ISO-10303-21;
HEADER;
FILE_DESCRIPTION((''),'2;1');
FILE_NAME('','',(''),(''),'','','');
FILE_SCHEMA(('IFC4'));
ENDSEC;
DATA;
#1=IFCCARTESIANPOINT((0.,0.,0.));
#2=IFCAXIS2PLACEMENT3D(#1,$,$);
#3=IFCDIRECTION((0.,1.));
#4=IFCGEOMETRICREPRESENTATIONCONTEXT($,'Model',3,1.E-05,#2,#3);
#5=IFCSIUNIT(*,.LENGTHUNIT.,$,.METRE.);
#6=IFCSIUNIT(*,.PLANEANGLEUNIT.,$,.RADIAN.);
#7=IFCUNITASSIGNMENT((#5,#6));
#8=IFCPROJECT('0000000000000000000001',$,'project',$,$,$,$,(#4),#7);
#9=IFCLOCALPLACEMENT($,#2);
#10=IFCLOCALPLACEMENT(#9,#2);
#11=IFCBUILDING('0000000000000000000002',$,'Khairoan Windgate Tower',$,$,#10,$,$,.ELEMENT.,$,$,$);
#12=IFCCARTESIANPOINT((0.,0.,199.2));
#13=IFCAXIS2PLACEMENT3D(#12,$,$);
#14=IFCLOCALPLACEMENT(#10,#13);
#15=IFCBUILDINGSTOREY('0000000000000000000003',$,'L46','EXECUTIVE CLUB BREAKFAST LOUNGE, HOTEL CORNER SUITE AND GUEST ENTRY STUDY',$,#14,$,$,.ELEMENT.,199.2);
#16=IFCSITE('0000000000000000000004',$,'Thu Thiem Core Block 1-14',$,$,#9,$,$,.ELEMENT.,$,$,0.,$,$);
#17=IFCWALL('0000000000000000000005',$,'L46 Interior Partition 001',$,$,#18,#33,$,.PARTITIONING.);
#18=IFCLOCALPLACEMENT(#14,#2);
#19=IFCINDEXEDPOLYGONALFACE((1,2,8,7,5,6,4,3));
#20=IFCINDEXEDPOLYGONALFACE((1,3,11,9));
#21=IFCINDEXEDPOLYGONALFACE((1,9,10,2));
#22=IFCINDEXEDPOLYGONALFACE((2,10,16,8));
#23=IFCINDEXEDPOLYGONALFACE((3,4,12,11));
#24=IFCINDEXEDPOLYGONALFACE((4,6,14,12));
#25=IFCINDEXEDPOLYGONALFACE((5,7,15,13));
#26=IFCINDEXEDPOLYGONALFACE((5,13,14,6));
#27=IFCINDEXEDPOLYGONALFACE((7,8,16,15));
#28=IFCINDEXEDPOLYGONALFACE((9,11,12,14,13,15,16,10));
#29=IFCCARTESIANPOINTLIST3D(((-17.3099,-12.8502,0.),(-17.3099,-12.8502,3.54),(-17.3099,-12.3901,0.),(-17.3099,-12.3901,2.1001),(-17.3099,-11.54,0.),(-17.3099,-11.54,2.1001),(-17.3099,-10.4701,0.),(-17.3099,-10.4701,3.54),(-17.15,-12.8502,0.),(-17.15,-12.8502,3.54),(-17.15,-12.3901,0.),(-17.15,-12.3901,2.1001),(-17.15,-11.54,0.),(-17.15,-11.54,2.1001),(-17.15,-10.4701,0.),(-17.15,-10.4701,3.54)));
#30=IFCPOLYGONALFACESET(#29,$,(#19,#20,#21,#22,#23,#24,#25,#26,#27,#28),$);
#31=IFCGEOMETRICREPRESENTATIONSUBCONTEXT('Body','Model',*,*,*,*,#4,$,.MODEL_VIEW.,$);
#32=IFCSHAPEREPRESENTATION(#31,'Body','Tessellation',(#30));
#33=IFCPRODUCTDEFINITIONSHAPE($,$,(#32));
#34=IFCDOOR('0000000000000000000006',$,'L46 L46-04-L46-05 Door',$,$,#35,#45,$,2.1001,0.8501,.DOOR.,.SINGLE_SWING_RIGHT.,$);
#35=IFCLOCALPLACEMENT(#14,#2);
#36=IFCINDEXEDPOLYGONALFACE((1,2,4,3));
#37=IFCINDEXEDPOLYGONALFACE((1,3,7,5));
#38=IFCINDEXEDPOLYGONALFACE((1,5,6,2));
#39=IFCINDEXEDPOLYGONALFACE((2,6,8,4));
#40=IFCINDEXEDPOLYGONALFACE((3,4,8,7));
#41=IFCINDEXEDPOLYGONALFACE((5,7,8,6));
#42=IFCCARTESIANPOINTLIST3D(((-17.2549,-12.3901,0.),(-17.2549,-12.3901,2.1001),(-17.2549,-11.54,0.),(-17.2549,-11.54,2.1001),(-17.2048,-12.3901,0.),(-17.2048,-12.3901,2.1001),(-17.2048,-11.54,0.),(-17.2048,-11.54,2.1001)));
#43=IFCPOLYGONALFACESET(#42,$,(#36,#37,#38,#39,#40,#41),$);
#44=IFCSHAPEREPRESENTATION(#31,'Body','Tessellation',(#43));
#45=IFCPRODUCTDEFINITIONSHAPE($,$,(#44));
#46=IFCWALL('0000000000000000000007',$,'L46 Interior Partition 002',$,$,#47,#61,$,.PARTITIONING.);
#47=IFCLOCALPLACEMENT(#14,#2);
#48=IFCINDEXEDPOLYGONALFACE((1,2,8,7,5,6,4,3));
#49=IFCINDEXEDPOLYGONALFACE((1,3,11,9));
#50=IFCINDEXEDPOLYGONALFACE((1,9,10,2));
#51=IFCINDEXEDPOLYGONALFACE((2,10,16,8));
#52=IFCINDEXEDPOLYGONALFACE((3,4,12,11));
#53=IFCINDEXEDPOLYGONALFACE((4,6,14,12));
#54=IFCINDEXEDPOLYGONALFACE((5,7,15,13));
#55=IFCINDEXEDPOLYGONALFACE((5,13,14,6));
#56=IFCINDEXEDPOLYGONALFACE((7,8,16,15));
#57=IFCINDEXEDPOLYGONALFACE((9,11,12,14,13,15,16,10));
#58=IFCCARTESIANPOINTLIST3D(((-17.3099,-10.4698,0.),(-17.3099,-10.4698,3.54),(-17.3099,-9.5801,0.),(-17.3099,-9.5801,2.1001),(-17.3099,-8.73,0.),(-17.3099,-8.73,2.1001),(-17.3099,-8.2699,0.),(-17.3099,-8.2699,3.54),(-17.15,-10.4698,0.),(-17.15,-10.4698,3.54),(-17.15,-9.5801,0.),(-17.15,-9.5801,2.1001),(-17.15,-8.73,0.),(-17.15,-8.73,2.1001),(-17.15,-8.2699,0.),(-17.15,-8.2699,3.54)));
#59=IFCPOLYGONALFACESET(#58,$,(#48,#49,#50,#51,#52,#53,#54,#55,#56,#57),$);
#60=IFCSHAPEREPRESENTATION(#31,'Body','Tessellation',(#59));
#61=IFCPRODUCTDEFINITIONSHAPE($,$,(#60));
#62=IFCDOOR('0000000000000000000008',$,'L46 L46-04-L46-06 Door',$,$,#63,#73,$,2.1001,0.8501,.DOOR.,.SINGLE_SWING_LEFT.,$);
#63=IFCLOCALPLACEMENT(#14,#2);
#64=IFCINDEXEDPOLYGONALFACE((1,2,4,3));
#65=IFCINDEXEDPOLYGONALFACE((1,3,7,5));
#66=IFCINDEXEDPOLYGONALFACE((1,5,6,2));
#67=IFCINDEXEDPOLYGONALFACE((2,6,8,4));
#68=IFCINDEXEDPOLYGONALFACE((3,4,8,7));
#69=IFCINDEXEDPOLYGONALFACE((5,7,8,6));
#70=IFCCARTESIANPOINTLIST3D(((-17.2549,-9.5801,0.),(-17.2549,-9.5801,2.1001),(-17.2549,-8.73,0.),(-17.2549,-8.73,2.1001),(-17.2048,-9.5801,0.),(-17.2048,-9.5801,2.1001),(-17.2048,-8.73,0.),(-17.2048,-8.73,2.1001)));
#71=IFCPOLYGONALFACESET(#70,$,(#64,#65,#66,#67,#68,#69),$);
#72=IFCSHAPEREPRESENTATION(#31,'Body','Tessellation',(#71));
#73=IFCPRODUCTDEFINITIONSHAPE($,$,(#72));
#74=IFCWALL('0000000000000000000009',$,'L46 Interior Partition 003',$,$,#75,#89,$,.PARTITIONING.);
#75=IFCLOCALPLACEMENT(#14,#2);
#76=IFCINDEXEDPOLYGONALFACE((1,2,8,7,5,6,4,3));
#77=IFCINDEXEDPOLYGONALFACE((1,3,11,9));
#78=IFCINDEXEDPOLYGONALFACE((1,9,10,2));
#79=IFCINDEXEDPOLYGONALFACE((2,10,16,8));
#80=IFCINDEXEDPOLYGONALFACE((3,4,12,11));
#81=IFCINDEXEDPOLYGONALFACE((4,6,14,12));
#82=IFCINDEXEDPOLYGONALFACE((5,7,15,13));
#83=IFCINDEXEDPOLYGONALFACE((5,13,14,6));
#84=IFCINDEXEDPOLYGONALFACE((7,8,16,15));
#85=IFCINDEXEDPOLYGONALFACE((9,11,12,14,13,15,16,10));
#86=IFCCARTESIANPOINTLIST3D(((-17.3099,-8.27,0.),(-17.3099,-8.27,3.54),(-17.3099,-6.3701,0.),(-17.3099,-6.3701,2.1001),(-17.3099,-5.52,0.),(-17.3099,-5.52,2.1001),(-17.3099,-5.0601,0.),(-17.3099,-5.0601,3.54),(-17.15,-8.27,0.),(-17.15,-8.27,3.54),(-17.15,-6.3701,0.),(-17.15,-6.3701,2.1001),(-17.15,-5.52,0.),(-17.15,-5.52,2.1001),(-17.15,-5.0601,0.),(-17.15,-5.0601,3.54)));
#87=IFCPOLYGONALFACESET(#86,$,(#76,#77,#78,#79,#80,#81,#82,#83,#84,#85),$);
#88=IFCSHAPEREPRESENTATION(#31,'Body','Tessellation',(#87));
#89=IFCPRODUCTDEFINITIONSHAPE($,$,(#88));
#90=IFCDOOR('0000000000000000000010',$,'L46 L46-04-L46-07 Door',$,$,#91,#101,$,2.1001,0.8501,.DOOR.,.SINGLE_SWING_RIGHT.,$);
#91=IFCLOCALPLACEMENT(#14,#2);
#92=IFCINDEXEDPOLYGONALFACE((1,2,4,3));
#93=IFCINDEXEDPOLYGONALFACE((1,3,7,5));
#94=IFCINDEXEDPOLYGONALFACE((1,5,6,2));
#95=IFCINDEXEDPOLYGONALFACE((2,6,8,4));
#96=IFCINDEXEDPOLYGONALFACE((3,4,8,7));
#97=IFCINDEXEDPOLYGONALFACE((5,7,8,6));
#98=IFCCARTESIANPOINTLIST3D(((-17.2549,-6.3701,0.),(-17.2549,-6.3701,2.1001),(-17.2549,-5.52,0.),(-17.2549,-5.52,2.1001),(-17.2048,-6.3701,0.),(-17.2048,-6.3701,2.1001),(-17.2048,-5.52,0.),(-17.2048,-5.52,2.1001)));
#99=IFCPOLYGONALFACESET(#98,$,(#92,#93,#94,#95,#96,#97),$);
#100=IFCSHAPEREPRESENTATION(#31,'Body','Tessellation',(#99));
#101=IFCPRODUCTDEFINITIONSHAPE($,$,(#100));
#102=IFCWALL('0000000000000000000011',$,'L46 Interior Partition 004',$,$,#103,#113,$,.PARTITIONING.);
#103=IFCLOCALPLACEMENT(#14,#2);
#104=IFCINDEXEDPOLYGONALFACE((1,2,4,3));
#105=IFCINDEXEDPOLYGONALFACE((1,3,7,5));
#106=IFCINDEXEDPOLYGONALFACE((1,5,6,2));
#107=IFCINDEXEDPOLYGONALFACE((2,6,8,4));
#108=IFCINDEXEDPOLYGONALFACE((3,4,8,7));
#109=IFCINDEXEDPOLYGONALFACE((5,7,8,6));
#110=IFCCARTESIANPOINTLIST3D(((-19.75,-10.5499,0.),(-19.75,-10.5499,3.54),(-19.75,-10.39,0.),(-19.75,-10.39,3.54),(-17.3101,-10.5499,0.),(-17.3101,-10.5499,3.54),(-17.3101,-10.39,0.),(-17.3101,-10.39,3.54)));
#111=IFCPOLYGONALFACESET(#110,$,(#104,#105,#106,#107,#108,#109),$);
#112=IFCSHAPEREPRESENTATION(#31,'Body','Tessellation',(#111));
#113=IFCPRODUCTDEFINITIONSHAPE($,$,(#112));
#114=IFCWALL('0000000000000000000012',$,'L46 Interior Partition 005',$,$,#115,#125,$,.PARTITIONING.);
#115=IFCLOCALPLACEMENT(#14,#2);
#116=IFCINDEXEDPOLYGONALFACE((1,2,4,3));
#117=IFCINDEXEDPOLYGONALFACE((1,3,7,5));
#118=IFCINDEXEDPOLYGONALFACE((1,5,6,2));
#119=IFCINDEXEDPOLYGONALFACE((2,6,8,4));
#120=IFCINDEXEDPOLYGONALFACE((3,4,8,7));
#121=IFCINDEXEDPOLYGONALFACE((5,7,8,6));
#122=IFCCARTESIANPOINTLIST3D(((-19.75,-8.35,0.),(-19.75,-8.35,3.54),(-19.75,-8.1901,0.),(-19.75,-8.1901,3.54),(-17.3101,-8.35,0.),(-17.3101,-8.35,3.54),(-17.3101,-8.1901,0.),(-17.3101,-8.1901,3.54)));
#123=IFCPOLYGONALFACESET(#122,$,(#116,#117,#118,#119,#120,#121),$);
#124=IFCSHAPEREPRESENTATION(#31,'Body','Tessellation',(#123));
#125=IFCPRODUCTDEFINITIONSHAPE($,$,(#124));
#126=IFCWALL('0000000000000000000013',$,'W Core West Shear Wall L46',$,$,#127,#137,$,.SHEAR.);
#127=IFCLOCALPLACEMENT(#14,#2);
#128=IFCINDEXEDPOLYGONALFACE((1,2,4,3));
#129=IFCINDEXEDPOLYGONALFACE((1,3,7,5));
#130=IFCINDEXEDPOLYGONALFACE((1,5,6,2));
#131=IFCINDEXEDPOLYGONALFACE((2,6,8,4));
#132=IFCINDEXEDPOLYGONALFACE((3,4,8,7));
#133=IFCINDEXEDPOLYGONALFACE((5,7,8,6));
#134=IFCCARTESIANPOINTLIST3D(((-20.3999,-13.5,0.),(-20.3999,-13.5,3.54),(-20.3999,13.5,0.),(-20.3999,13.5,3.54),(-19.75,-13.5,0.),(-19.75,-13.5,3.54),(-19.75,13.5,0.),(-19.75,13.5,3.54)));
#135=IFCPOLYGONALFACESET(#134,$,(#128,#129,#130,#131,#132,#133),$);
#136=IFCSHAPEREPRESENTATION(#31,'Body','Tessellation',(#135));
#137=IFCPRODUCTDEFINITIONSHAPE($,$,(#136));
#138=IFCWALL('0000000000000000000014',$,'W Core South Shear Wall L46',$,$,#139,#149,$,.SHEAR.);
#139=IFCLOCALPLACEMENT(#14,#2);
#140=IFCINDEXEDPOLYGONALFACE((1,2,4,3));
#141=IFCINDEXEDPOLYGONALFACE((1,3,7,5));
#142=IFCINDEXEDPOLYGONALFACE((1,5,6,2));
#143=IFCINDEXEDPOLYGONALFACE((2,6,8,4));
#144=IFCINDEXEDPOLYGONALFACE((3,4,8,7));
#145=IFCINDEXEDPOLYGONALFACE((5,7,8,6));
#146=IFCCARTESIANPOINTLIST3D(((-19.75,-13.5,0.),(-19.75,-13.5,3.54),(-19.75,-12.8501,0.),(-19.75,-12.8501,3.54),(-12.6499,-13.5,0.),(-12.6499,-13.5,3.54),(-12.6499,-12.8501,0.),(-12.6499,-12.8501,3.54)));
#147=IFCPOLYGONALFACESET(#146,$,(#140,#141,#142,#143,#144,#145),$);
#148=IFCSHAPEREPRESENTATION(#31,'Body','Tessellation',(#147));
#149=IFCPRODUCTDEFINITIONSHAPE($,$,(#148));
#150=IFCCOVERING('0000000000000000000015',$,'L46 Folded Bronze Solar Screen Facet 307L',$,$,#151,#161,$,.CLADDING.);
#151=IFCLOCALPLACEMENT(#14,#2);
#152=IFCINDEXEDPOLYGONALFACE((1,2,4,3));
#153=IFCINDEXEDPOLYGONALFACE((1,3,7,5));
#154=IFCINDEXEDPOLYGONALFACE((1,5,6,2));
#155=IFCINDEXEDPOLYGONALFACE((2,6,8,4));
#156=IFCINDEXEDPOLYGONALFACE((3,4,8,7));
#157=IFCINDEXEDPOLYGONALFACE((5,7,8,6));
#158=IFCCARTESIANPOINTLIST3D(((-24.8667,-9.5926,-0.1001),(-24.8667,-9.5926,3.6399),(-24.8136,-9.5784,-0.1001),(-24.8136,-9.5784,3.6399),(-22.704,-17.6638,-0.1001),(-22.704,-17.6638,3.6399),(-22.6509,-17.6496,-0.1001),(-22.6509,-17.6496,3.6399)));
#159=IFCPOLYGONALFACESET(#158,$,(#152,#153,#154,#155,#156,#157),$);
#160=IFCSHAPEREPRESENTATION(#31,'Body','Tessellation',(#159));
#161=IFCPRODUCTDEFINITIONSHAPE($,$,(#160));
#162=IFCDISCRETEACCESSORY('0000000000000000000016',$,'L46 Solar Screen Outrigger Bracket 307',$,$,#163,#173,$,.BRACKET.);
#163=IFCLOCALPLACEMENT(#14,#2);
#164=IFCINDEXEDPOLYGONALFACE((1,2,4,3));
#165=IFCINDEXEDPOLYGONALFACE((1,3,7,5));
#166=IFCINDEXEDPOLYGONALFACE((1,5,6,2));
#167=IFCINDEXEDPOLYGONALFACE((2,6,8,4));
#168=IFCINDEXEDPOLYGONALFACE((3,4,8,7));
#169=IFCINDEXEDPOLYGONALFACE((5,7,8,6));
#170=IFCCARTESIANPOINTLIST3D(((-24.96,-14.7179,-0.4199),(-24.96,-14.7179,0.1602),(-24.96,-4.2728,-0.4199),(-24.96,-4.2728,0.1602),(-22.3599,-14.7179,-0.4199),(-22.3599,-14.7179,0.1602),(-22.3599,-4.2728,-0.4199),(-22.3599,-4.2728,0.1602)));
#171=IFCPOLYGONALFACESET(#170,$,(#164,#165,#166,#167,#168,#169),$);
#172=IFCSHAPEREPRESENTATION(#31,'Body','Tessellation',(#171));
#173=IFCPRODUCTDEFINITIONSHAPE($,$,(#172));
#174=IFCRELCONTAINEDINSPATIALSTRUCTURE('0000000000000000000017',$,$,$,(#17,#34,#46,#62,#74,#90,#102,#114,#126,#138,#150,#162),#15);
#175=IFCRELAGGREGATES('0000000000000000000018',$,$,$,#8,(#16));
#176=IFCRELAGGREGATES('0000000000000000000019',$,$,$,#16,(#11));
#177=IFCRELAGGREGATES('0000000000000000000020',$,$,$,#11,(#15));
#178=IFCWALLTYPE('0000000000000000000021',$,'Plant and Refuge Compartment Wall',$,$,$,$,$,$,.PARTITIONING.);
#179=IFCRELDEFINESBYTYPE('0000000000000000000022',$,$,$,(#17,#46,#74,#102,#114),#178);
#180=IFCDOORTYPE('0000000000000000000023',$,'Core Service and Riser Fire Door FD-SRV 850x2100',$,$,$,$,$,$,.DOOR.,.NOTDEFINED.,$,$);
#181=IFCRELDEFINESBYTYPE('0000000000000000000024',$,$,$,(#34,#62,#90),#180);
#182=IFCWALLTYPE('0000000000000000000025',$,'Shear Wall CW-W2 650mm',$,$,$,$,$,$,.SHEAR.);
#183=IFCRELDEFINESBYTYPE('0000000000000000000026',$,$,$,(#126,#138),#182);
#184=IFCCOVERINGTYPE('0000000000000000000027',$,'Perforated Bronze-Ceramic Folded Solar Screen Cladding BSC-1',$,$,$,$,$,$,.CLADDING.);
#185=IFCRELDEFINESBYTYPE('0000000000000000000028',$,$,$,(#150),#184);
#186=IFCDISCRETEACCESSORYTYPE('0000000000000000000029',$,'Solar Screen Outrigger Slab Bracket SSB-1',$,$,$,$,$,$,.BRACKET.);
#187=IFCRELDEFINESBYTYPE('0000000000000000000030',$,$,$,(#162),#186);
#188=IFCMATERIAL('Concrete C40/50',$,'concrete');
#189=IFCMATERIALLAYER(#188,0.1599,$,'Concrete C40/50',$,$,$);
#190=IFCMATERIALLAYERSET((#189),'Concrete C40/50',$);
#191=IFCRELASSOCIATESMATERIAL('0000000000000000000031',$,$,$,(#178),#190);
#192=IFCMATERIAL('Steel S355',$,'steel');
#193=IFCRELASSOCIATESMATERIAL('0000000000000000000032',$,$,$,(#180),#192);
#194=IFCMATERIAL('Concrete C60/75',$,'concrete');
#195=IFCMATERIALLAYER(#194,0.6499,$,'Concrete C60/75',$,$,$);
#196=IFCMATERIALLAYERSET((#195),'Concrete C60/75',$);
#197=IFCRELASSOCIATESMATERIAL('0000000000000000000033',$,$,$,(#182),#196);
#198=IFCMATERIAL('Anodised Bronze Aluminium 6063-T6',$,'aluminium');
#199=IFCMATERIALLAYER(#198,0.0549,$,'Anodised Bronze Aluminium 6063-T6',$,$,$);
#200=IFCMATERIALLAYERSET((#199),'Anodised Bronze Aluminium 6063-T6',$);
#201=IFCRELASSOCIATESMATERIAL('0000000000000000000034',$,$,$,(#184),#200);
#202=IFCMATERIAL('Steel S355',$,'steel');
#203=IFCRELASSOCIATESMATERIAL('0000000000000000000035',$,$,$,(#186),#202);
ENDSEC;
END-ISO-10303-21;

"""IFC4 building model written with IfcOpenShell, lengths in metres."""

from ifc_helpers import new_model, si_unit, direction, frame, frame_2d, origin, origin_2d, place, context, subcontext, project, spatial, rectangle, extrude, material, layer, layer_set, type_object, element, fill, save


model = new_model("IFC4")

# Units and contexts
model_context = context("Model", 3, precision=1e-05, world=origin(), true_north=direction((0.0, 1.0)))
body_context = subcontext(model_context, "Body", "Model", "MODEL_VIEW")
ifc_project = project(units=[si_unit("LENGTHUNIT", "METRE"), si_unit("PLANEANGLEUNIT", "RADIAN")], contexts=[model_context])

# Site, building, storey
site_placement = place(None, origin())
site = spatial("IfcSite", under=ifc_project, at=site_placement, Name="Thu Thiem Core Block 1-14", CompositionType="ELEMENT", RefElevation=0.0)
building_placement = place(site_placement, origin())
building = spatial("IfcBuilding", under=site, at=building_placement, Name="Khairoan Windgate Tower", CompositionType="ELEMENT")
storey_placement = place(building_placement, frame((0.0, 0.0, 199.2)))
storey = spatial("IfcBuildingStorey", under=building, at=storey_placement, Name="L46", Description="EXECUTIVE CLUB BREAKFAST LOUNGE, HOTEL CORNER SUITE AND GUEST ENTRY STUDY", CompositionType="ELEMENT", Elevation=199.2)

# Walls, openings, doors
ifc_material_1 = material(Name="Concrete C40/50", Category="concrete")
ifc_layer_1 = layer(ifc_material_1, 0.1599, Name="Concrete C40/50")
ifc_layer_set_1 = layer_set([ifc_layer_1], Name="Concrete C40/50")
wall_type_1 = type_object("IfcWallType", Name="Plant and Refuge Compartment Wall", PredefinedType="PARTITIONING", material=ifc_layer_set_1)
wall_1_placement = place(storey_placement, frame((-17.23, -12.8501, 0.0), z_axis=(0.0, 0.0, 1.0), x_axis=(0.0, 1.0, 0.0)))
wall_1 = element("IfcWall", 1, at=wall_1_placement, inside=storey, type_object=wall_type_1, Name="L46 Interior Partition 001", PredefinedType="PARTITIONING", context=body_context, shape_type="SweptSolid", body=[
    extrude(rectangle(XDim=2.3801, YDim=0.1599, at=frame_2d((1.1899, 0.0))), origin(), (0.0, 0.0, 1.0), 3.54),
])
opening_1_placement = place(wall_1_placement, frame((0.46, 0.0, 0.0)))
opening_1 = element("IfcOpeningElement", 2, at=opening_1_placement, cuts=wall_1, PredefinedType="OPENING", context=body_context, shape_type="SweptSolid", body=[
    extrude(rectangle(XDim=0.8501, YDim=2.1001, at=frame_2d((0.425, 1.05))), frame((0.0, 0.0898, 0.0), z_axis=(0.0, -1.0, 0.0), x_axis=(1.0, 0.0, 0.0)), (0.0, 0.0, 1.0), 0.1799),
])
ifc_material_2 = material(Name="Steel S355", Category="steel")
door_type_1 = type_object("IfcDoorType", Name="Core Service and Riser Fire Door FD-SRV 850x2100", OperationType="NOTDEFINED", PredefinedType="DOOR", material=ifc_material_2)
door_1_placement = place(opening_1_placement, origin())
door_1 = element("IfcDoor", 3, at=door_1_placement, inside=storey, type_object=door_type_1, Name="L46 L46-04-L46-05 Door", OperationType="SINGLE_SWING_RIGHT", OverallHeight=2.1001, OverallWidth=0.8501, PredefinedType="DOOR", context=body_context, shape_type="SweptSolid", body=[
    extrude(rectangle(XDim=0.8501, YDim=2.1001, at=frame_2d((0.425, 1.05))), frame((0.0, 0.0249, 0.0), z_axis=(0.0, -1.0, 0.0), x_axis=(1.0, 0.0, 0.0)), (0.0, 0.0, 1.0), 0.05),
])
fill(opening_1, door_1)
wall_2_placement = place(storey_placement, frame((-17.23, -10.47, 0.0), z_axis=(0.0, 0.0, 1.0), x_axis=(0.0, 1.0, 0.0)))
wall_2 = element("IfcWall", 4, at=wall_2_placement, inside=storey, type_object=wall_type_1, Name="L46 Interior Partition 002", PredefinedType="PARTITIONING", context=body_context, shape_type="SweptSolid", body=[
    extrude(rectangle(XDim=2.2, YDim=0.1599, at=frame_2d((1.1001, 0.0))), origin(), (0.0, 0.0, 1.0), 3.54),
])
opening_2_placement = place(wall_2_placement, frame((0.8899, 0.0, 0.0)))
opening_2 = element("IfcOpeningElement", 5, at=opening_2_placement, cuts=wall_2, PredefinedType="OPENING", context=body_context, shape_type="SweptSolid", body=[
    extrude(rectangle(XDim=0.8501, YDim=2.1001, at=frame_2d((0.425, 1.05))), frame((0.0, 0.0898, 0.0), z_axis=(0.0, -1.0, 0.0), x_axis=(1.0, 0.0, 0.0)), (0.0, 0.0, 1.0), 0.1799),
])
door_2_placement = place(opening_2_placement, origin())
door_2 = element("IfcDoor", 6, at=door_2_placement, inside=storey, type_object=door_type_1, Name="L46 L46-04-L46-06 Door", OperationType="SINGLE_SWING_LEFT", OverallHeight=2.1001, OverallWidth=0.8501, PredefinedType="DOOR", context=body_context, shape_type="SweptSolid", body=[
    extrude(rectangle(XDim=0.8501, YDim=2.1001, at=frame_2d((0.425, 1.05))), frame((0.0, 0.0249, 0.0), z_axis=(0.0, -1.0, 0.0), x_axis=(1.0, 0.0, 0.0)), (0.0, 0.0, 1.0), 0.05),
])
fill(opening_2, door_2)
wall_3_placement = place(storey_placement, frame((-17.23, -8.27, 0.0), z_axis=(0.0, 0.0, 1.0), x_axis=(0.0, 1.0, 0.0)))
wall_3 = element("IfcWall", 7, at=wall_3_placement, inside=storey, type_object=wall_type_1, Name="L46 Interior Partition 003", PredefinedType="PARTITIONING", context=body_context, shape_type="SweptSolid", body=[
    extrude(rectangle(XDim=3.21, YDim=0.1599, at=frame_2d((1.605, 0.0))), origin(), (0.0, 0.0, 1.0), 3.54),
])
opening_3_placement = place(wall_3_placement, frame((1.8999, 0.0, 0.0)))
opening_3 = element("IfcOpeningElement", 8, at=opening_3_placement, cuts=wall_3, PredefinedType="OPENING", context=body_context, shape_type="SweptSolid", body=[
    extrude(rectangle(XDim=0.8501, YDim=2.1001, at=frame_2d((0.425, 1.05))), frame((0.0, 0.0898, 0.0), z_axis=(0.0, -1.0, 0.0), x_axis=(1.0, 0.0, 0.0)), (0.0, 0.0, 1.0), 0.1799),
])
door_3_placement = place(opening_3_placement, origin())
door_3 = element("IfcDoor", 9, at=door_3_placement, inside=storey, type_object=door_type_1, Name="L46 L46-04-L46-07 Door", OperationType="SINGLE_SWING_RIGHT", OverallHeight=2.1001, OverallWidth=0.8501, PredefinedType="DOOR", context=body_context, shape_type="SweptSolid", body=[
    extrude(rectangle(XDim=0.8501, YDim=2.1001, at=frame_2d((0.425, 1.05))), frame((0.0, 0.0249, 0.0), z_axis=(0.0, -1.0, 0.0), x_axis=(1.0, 0.0, 0.0)), (0.0, 0.0, 1.0), 0.05),
])
fill(opening_3, door_3)

# Walls
for number, where, z_axis, x_axis, name in (
    (10, (-19.75, -10.47, 0.0), (0.0, 0.0, 1.0), (1.0, 0.0, 0.0), "L46 Interior Partition 004"),
    (11, (-19.75, -8.27, 0.0), (0.0, 0.0, 1.0), (1.0, 0.0, 0.0), "L46 Interior Partition 005"),
):
    element("IfcWall", number, at=place(storey_placement, frame(where, z_axis=z_axis, x_axis=x_axis)), inside=storey, type_object=wall_type_1, Name=name, PredefinedType="PARTITIONING", context=body_context, shape_type="SweptSolid", body=[
        extrude(rectangle(XDim=2.4399, YDim=0.1599, at=frame_2d((1.22, 0.0))), origin(), (0.0, 0.0, 1.0), 3.54),
    ])
ifc_material_3 = material(Name="Concrete C60/75", Category="concrete")
ifc_layer_2 = layer(ifc_material_3, 0.6499, Name="Concrete C60/75")
ifc_layer_set_2 = layer_set([ifc_layer_2], Name="Concrete C60/75")
wall_type_2 = type_object("IfcWallType", Name="Shear Wall CW-W2 650mm", PredefinedType="SHEAR", material=ifc_layer_set_2)
wall_4_placement = place(storey_placement, frame((-20.075, -13.5, 0.0), z_axis=(0.0, 0.0, 1.0), x_axis=(0.0, 1.0, 0.0)))
element("IfcWall", 12, at=wall_4_placement, inside=storey, type_object=wall_type_2, Name="W Core West Shear Wall L46", PredefinedType="SHEAR", context=body_context, shape_type="SweptSolid", body=[
    extrude(rectangle(XDim=27.0, YDim=0.6499, at=frame_2d((13.5, 0.0))), origin(), (0.0, 0.0, 1.0), 3.54),
])
wall_5_placement = place(storey_placement, frame((-19.75, -13.175, 0.0), z_axis=(0.0, 0.0, 1.0), x_axis=(1.0, 0.0, 0.0)))
element("IfcWall", 13, at=wall_5_placement, inside=storey, type_object=wall_type_2, Name="W Core South Shear Wall L46", PredefinedType="SHEAR", context=body_context, shape_type="SweptSolid", body=[
    extrude(rectangle(XDim=7.1001, YDim=0.6499, at=frame_2d((3.55, 0.0))), origin(), (0.0, 0.0, 1.0), 3.54),
])

# Covering
ifc_material_4 = material(Name="Anodised Bronze Aluminium 6063-T6", Category="aluminium")
ifc_layer_3 = layer(ifc_material_4, 0.0549, Name="Anodised Bronze Aluminium 6063-T6")
ifc_layer_set_3 = layer_set([ifc_layer_3], Name="Anodised Bronze Aluminium 6063-T6")
covering_type = type_object("IfcCoveringType", Name="Perforated Bronze-Ceramic Folded Solar Screen Cladding BSC-1", PredefinedType="CLADDING", material=ifc_layer_set_3)
covering_placement = place(storey_placement, frame((-23.7588, -13.6211, -0.1001), z_axis=(0.0, 0.0, 1.0), x_axis=(-0.258819, 0.965926, 0.0)))
element("IfcCovering", 14, at=covering_placement, inside=storey, type_object=covering_type, Name="L46 Folded Bronze Solar Screen Facet 307L", PredefinedType="CLADDING", context=body_context, shape_type="SweptSolid", body=[
    extrude(rectangle(XDim=8.356, YDim=0.0549, at=origin_2d()), origin(), (0.0, 0.0, 1.0), 3.74),
])

# Discrete accessory
ifc_material_5 = material(Name="Steel S355", Category="steel")
discrete_accessory_type = type_object("IfcDiscreteAccessoryType", Name="Solar Screen Outrigger Slab Bracket SSB-1", PredefinedType="BRACKET", material=ifc_material_5)
discrete_accessory_placement = place(storey_placement, frame((-23.6599, -9.4954, -0.4199), z_axis=(0.0, 0.0, 1.0), x_axis=(0.0, 1.0, 0.0)))
element("IfcDiscreteAccessory", 15, at=discrete_accessory_placement, inside=storey, type_object=discrete_accessory_type, Name="L46 Solar Screen Outrigger Bracket 307", PredefinedType="BRACKET", context=body_context, shape_type="SweptSolid", body=[
    extrude(rectangle(XDim=10.4451, YDim=2.6001, at=origin_2d()), origin(), (0.0, 0.0, 1.0), 0.5801),
])

save(model, "model.ifc")
